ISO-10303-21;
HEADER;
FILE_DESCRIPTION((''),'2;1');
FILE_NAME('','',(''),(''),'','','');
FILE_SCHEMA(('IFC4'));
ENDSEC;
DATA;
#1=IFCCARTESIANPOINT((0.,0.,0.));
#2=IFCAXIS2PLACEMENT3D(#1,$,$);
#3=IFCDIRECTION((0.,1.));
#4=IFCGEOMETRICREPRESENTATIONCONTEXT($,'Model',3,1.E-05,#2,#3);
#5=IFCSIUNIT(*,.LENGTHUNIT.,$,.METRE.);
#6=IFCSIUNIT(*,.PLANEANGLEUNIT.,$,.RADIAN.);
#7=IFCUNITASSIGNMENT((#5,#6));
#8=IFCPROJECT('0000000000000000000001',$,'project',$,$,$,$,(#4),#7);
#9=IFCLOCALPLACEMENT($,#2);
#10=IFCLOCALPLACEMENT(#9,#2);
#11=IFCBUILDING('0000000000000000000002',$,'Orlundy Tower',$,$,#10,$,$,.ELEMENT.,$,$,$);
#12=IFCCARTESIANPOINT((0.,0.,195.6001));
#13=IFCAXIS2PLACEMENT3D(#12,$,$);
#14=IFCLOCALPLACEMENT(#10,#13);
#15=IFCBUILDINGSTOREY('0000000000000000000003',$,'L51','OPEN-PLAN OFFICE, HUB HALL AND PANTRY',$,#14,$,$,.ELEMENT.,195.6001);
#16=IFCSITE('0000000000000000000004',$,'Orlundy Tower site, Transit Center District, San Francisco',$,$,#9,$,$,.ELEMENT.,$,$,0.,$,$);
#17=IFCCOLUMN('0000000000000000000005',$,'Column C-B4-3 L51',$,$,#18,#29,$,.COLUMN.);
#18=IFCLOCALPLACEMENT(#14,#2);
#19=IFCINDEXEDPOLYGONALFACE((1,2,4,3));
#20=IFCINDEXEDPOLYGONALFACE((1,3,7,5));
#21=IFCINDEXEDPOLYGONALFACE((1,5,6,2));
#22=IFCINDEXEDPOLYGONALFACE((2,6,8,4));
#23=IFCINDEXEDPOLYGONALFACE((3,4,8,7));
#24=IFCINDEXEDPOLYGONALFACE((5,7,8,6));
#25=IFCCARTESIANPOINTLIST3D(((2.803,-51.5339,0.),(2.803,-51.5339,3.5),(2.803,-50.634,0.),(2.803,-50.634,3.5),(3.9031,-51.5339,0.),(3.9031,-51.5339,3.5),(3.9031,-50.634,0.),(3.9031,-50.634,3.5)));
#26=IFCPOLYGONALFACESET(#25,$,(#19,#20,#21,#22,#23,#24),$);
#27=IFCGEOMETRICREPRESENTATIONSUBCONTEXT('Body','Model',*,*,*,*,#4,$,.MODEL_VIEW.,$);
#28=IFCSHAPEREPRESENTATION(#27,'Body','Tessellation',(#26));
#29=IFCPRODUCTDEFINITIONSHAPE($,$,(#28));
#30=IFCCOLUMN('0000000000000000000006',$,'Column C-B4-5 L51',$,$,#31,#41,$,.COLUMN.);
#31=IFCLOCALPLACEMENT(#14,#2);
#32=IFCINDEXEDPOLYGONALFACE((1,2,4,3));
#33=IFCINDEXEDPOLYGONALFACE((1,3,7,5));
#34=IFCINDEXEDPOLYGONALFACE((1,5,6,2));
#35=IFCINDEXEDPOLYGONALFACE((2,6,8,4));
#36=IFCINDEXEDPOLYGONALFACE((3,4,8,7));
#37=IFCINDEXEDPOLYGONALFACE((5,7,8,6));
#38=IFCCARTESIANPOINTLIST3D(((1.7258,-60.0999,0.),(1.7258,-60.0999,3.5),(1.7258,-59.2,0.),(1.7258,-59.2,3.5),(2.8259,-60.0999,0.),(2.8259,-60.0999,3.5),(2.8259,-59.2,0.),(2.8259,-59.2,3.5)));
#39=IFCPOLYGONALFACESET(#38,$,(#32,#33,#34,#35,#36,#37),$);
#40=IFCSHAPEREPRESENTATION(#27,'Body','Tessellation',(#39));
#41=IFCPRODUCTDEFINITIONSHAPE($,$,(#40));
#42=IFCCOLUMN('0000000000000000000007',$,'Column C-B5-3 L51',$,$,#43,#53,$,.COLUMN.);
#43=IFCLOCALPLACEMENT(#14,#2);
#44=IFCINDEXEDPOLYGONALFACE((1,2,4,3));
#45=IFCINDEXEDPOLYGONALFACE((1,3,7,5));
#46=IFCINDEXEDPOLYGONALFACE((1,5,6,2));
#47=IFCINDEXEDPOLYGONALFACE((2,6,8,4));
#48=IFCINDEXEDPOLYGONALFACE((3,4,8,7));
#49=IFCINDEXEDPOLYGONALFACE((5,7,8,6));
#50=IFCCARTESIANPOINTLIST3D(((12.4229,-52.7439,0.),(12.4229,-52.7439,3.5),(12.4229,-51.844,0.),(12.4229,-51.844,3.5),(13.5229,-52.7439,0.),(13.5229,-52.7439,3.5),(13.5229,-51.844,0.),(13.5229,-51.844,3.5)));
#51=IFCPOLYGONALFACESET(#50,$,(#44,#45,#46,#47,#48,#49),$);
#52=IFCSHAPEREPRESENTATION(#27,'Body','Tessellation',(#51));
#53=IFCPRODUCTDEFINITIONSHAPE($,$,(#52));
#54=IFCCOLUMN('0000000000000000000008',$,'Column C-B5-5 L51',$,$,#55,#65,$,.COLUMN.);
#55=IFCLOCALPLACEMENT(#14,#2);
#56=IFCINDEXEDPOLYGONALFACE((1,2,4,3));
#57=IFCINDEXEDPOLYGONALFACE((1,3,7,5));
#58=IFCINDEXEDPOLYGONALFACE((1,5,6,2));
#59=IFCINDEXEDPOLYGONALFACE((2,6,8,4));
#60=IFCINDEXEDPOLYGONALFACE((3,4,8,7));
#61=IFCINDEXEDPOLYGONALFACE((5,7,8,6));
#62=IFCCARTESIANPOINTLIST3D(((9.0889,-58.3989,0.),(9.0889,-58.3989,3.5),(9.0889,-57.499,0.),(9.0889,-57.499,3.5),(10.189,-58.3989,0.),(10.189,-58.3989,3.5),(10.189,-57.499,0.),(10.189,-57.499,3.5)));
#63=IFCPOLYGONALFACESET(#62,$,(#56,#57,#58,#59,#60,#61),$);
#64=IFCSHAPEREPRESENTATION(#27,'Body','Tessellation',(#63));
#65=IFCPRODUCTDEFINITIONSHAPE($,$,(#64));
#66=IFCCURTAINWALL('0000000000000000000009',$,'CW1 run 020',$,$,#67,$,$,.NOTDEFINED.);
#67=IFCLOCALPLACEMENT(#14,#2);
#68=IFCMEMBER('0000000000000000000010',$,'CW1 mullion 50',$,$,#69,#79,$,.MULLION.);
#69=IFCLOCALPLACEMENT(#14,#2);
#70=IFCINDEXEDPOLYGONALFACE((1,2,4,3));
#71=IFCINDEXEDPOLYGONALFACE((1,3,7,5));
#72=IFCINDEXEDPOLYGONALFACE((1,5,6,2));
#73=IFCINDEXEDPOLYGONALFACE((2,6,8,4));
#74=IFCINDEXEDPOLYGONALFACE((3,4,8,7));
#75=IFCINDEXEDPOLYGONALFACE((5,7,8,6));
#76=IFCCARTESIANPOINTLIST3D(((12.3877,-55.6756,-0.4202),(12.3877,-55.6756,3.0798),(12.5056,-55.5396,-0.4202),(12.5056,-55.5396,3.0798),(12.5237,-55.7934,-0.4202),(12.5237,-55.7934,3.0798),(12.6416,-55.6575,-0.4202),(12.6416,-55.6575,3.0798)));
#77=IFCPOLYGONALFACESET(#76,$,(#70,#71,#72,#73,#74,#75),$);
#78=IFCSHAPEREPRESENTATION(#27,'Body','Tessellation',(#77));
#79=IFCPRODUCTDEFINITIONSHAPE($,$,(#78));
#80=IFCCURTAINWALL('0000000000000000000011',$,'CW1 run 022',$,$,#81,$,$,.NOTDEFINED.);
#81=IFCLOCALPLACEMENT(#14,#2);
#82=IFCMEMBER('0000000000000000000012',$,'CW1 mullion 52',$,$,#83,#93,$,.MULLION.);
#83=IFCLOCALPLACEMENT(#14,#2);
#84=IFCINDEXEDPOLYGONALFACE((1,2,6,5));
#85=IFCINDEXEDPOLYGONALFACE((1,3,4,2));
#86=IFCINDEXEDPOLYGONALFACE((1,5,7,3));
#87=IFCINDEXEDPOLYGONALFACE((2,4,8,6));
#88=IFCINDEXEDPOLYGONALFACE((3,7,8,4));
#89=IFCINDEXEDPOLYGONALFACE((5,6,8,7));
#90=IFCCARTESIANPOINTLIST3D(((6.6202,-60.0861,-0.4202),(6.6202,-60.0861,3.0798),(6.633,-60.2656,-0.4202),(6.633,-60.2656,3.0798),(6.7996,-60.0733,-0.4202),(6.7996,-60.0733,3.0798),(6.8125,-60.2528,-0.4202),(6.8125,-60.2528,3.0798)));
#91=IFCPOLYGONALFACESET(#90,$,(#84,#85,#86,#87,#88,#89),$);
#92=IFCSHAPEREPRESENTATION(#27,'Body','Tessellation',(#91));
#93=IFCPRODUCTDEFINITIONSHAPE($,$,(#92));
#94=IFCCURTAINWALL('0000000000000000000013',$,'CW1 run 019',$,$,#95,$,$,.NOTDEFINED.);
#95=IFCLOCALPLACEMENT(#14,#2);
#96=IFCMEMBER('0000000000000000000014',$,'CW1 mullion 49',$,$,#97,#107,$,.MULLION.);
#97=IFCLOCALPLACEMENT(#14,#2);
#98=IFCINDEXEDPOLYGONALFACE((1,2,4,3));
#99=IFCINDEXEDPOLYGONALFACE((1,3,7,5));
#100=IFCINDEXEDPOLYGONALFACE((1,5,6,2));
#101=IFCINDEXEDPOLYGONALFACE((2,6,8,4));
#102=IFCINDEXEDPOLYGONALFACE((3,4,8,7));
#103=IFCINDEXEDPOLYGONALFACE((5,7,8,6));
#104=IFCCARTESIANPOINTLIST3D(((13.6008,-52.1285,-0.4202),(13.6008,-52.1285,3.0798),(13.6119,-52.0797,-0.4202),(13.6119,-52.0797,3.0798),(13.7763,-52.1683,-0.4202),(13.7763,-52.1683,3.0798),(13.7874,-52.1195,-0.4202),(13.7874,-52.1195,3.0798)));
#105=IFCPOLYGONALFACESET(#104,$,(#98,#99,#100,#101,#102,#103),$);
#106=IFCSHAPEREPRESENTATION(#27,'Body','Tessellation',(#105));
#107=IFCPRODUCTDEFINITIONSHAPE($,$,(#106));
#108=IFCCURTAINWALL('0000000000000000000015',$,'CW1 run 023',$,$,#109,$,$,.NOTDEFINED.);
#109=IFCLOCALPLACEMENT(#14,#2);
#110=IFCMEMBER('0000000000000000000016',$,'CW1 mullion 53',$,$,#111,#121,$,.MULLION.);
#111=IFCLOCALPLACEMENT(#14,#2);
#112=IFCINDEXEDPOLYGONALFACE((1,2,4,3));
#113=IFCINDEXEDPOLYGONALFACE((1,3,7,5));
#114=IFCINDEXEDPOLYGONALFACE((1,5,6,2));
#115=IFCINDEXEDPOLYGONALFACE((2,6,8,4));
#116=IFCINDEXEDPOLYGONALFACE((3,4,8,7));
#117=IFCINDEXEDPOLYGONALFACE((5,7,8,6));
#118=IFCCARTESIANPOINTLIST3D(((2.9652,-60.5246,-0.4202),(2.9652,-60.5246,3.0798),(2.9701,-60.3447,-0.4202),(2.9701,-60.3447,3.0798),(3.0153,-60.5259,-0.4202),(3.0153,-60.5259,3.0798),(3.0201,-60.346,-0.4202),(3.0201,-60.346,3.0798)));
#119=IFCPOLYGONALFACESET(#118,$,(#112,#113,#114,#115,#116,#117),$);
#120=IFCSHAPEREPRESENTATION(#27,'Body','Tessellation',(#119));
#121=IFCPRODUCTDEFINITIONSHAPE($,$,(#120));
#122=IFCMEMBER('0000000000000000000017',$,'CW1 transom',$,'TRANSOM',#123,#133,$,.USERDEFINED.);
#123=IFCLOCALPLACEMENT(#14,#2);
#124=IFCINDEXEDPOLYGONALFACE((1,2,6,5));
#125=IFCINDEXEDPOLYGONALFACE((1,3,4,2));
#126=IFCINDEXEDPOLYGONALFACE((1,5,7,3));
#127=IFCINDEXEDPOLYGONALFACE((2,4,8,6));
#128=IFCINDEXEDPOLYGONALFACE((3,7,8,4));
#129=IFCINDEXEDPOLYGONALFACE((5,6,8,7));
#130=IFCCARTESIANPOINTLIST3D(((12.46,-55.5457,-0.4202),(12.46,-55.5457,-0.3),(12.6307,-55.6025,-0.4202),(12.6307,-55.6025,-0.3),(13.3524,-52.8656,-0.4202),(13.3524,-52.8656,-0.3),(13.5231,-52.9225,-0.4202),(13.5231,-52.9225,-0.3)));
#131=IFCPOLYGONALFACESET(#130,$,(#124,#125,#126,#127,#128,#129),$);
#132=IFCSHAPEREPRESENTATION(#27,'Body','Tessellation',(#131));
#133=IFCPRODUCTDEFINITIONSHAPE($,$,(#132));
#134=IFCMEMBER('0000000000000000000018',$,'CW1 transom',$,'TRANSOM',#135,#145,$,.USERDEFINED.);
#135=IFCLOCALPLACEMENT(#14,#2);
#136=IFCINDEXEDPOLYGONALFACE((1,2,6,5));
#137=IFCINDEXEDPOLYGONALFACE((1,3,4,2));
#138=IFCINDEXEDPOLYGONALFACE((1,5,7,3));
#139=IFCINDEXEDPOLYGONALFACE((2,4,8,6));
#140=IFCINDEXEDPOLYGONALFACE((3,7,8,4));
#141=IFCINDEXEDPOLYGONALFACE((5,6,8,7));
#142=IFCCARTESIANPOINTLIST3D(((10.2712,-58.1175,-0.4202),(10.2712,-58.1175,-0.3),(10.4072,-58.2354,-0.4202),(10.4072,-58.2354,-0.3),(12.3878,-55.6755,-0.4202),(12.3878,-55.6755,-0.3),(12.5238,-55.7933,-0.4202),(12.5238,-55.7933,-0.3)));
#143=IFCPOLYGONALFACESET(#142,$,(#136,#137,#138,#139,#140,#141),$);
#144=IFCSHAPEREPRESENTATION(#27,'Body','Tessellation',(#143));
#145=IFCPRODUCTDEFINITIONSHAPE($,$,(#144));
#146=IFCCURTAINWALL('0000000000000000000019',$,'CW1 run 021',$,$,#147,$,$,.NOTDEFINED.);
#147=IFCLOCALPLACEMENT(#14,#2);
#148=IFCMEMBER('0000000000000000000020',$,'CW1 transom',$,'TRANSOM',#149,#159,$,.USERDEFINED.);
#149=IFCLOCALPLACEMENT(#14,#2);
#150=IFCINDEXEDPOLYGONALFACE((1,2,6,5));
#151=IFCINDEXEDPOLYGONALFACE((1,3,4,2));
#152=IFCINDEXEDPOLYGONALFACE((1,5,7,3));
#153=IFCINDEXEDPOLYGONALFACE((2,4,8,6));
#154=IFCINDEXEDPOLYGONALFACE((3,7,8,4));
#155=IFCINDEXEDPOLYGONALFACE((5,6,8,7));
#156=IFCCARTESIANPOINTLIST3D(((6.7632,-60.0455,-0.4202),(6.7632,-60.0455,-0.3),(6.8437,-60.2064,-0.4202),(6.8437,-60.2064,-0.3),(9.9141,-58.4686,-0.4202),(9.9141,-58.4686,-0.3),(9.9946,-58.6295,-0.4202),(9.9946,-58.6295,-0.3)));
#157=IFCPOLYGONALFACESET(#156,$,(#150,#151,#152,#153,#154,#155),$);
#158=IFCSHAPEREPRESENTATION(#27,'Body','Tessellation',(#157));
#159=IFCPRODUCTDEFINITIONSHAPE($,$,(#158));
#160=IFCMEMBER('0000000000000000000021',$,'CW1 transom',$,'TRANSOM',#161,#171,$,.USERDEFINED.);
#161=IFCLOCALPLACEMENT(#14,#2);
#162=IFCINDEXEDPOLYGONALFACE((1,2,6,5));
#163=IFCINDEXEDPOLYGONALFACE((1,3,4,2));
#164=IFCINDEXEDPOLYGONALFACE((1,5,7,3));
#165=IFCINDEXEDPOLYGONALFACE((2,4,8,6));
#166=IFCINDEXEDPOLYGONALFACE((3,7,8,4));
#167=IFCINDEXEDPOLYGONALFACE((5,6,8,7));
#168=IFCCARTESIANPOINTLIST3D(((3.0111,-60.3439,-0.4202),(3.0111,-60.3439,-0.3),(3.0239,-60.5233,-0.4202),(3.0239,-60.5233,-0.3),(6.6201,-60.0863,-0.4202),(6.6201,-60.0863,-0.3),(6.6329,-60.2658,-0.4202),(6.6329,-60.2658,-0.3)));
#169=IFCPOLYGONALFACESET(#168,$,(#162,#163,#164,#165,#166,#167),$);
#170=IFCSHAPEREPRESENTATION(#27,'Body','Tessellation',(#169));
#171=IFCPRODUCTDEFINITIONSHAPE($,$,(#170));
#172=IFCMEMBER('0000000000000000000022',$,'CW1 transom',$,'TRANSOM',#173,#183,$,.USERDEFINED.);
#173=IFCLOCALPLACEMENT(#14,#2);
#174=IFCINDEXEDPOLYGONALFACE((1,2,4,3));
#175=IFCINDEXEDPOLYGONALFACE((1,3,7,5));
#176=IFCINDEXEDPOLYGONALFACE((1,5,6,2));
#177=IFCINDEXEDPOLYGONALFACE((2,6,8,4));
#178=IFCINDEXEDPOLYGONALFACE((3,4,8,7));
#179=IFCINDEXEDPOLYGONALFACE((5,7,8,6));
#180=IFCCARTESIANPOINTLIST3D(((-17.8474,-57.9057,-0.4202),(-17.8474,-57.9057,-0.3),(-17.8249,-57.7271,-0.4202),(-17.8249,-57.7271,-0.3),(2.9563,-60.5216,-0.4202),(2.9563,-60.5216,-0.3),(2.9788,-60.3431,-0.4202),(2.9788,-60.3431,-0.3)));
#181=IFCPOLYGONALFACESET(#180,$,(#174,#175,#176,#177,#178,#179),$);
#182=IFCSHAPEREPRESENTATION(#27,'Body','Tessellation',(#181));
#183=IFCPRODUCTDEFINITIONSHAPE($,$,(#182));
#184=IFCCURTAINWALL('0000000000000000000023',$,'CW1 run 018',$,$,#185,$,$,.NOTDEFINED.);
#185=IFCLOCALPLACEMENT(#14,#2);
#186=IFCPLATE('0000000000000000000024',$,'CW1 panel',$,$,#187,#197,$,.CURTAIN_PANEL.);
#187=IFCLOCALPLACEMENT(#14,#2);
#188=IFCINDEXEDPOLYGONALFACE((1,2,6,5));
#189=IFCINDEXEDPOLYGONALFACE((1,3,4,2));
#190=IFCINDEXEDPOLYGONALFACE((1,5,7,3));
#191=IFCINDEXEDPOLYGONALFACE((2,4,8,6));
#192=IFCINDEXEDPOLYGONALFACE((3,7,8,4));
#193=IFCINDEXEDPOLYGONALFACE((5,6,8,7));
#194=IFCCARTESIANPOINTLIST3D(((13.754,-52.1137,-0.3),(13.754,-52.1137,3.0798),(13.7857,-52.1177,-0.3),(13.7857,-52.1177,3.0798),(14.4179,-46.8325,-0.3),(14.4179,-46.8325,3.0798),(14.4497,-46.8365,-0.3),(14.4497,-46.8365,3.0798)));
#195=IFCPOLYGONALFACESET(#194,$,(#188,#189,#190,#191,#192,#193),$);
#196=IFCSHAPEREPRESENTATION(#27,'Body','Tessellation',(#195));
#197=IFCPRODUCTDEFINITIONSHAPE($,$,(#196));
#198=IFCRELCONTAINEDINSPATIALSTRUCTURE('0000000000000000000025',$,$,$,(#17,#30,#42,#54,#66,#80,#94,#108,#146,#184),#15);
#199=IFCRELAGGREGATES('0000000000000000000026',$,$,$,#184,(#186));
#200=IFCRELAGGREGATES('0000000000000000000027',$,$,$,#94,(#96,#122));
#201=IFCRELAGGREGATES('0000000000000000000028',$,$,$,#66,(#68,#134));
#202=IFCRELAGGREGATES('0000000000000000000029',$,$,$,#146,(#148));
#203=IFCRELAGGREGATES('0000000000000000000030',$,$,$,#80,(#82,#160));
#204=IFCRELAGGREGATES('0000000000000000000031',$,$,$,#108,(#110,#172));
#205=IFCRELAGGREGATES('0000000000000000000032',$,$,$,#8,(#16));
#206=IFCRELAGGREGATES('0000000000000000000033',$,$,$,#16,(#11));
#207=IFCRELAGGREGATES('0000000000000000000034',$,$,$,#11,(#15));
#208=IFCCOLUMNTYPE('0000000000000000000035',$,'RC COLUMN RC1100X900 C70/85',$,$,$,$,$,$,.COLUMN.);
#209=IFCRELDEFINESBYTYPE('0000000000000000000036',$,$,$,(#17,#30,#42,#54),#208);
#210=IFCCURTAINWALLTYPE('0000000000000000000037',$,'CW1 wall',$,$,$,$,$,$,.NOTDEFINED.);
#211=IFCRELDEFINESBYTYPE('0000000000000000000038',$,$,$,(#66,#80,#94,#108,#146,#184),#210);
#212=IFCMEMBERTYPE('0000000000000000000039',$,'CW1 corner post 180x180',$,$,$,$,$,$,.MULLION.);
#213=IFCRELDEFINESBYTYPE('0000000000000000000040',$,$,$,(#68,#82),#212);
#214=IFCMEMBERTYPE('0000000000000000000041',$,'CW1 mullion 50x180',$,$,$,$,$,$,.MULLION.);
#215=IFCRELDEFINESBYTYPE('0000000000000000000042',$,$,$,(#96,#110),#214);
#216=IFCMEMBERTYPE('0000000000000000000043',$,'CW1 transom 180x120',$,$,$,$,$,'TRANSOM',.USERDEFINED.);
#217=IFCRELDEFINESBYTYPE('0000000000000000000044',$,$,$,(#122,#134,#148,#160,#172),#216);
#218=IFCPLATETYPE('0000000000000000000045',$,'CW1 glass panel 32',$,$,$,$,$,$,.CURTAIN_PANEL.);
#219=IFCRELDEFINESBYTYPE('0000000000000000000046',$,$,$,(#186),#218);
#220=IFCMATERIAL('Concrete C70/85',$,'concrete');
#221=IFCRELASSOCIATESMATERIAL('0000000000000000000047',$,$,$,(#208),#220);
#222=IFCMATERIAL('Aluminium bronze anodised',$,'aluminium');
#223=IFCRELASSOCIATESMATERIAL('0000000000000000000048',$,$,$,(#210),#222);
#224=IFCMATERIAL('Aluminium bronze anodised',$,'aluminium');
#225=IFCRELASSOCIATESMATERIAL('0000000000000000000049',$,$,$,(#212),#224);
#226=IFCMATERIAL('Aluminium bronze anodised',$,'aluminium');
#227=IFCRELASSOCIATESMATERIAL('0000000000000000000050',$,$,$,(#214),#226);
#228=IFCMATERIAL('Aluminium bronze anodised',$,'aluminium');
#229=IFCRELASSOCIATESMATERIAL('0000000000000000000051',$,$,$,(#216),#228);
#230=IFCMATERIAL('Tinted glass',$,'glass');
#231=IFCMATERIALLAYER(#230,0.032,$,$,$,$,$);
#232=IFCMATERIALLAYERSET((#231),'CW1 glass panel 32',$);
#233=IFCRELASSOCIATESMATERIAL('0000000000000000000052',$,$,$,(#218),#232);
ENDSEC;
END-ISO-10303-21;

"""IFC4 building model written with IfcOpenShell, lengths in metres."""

from ifc_helpers import new_model, si_unit, direction, frame, origin, origin_2d, place, context, subcontext, project, spatial, rectangle, extrude, material, layer, layer_set, material_profile, profile_set, type_object, element, aggregate, save


model = new_model("IFC4")

# Units and contexts
model_context = context("Model", 3, precision=1e-05, world=origin(), true_north=direction((0.0, 1.0)))
body_context = subcontext(model_context, "Body", "Model", "MODEL_VIEW")
ifc_project = project(units=[si_unit("LENGTHUNIT", "METRE"), si_unit("PLANEANGLEUNIT", "RADIAN")], contexts=[model_context])

# Site, building, storey
site_placement = place(None, origin())
site = spatial("IfcSite", under=ifc_project, at=site_placement, Name="Orlundy Tower site, Transit Center District, San Francisco", CompositionType="ELEMENT", RefElevation=0.0)
building_placement = place(site_placement, origin())
building = spatial("IfcBuilding", under=site, at=building_placement, Name="Orlundy Tower", CompositionType="ELEMENT")
storey_placement = place(building_placement, frame((0.0, 0.0, 195.6001)))
storey = spatial("IfcBuildingStorey", under=building, at=storey_placement, Name="L51", Description="OPEN-PLAN OFFICE, HUB HALL AND PANTRY", CompositionType="ELEMENT", Elevation=195.6001)

# Columns
ifc_material_1 = material(Name="Concrete C70/85", Category="concrete")
ifc_material_profile_1 = material_profile(ifc_material_1, rectangle(XDim=1.1001, YDim=0.8999, at=origin_2d()), Name="RC1100X900")
ifc_profile_set_1 = profile_set([ifc_material_profile_1], Name="Concrete C70/85")
column_type = type_object("IfcColumnType", Name="RC COLUMN RC1100X900 C70/85", PredefinedType="COLUMN", material=ifc_profile_set_1)
for number, where, z_axis, x_axis, name in (
    (1, (3.353, -51.084, 0.0), (0.0, 0.0, 1.0), (1.0, 0.0, 0.0), "Column C-B4-3 L51"),
    (2, (2.2759, -59.6499, 0.0), (0.0, 0.0, 1.0), (1.0, 0.0, 0.0), "Column C-B4-5 L51"),
    (3, (12.9729, -52.2939, 0.0), (0.0, 0.0, 1.0), (1.0, 0.0, 0.0), "Column C-B5-3 L51"),
    (4, (9.6389, -57.949, 0.0), (0.0, 0.0, 1.0), (1.0, 0.0, 0.0), "Column C-B5-5 L51"),
):
    element("IfcColumn", number, at=place(storey_placement, frame(where, z_axis=z_axis, x_axis=x_axis)), inside=storey, type_object=column_type, Name=name, PredefinedType="COLUMN", context=body_context, shape_type="SweptSolid", body=[
        extrude(rectangle(XDim=1.1001, YDim=0.8999, at=origin_2d()), origin(), (0.0, 0.0, 1.0), 3.5),
    ])

# Curtain walls, members
ifc_material_2 = material(Name="Aluminium bronze anodised", Category="aluminium")
curtain_wall_type = type_object("IfcCurtainWallType", Name="CW1 wall", PredefinedType="NOTDEFINED", material=ifc_material_2)
curtain_wall_1_placement = place(storey_placement, origin())
curtain_wall_1 = element("IfcCurtainWall", 5, at=curtain_wall_1_placement, inside=storey, type_object=curtain_wall_type, Name="CW1 run 020", PredefinedType="NOTDEFINED")
ifc_material_3 = material(Name="Aluminium bronze anodised", Category="aluminium")
ifc_material_profile_2 = material_profile(ifc_material_3, rectangle(XDim=0.1799, YDim=0.1799, at=origin_2d()), Name="CW1 corner post 180x180")
ifc_profile_set_2 = profile_set([ifc_material_profile_2], Name="Aluminium bronze anodised")
member_type_1 = type_object("IfcMemberType", Name="CW1 corner post 180x180", PredefinedType="MULLION", material=ifc_profile_set_2)
member_1_placement = place(storey_placement, frame((12.5146, -55.6665, -0.4202), z_axis=(0.0, 0.0, 1.0), x_axis=(0.755627, -0.655002, 0.0)))
member_1 = element("IfcMember", 6, at=member_1_placement, type_object=member_type_1, Name="CW1 mullion 50", PredefinedType="MULLION", context=body_context, shape_type="SweptSolid", body=[
    extrude(rectangle(XDim=0.1799, YDim=0.1799, at=origin_2d()), origin(), (0.0, 0.0, 1.0), 3.5),
])
curtain_wall_2_placement = place(storey_placement, origin())
curtain_wall_2 = element("IfcCurtainWall", 7, at=curtain_wall_2_placement, inside=storey, type_object=curtain_wall_type, Name="CW1 run 022", PredefinedType="NOTDEFINED")
member_2_placement = place(storey_placement, frame((6.7163, -60.1694, -0.4202), z_axis=(0.0, 0.0, 1.0), x_axis=(0.071228, -0.99746, 0.0)))
member_2 = element("IfcMember", 8, at=member_2_placement, type_object=member_type_1, Name="CW1 mullion 52", PredefinedType="MULLION", context=body_context, shape_type="SweptSolid", body=[
    extrude(rectangle(XDim=0.1799, YDim=0.1799, at=origin_2d()), origin(), (0.0, 0.0, 1.0), 3.5),
])
curtain_wall_3_placement = place(storey_placement, origin())
curtain_wall_3 = element("IfcCurtainWall", 9, at=curtain_wall_3_placement, inside=storey, type_object=curtain_wall_type, Name="CW1 run 019", PredefinedType="NOTDEFINED")
ifc_material_4 = material(Name="Aluminium bronze anodised", Category="aluminium")
ifc_material_profile_3 = material_profile(ifc_material_4, rectangle(XDim=0.1799, YDim=0.05, at=origin_2d()), Name="CW1 mullion 50x180")
ifc_profile_set_3 = profile_set([ifc_material_profile_3], Name="Aluminium bronze anodised")
member_type_2 = type_object("IfcMemberType", Name="CW1 mullion 50x180", PredefinedType="MULLION", material=ifc_profile_set_3)
member_3_placement = place(storey_placement, frame((13.6941, -52.124, -0.4202), z_axis=(0.0, 0.0, 1.0), x_axis=(0.975186, -0.221389, 0.0)))
member_3 = element("IfcMember", 10, at=member_3_placement, type_object=member_type_2, Name="CW1 mullion 49", PredefinedType="MULLION", context=body_context, shape_type="SweptSolid", body=[
    extrude(rectangle(XDim=0.1799, YDim=0.05, at=origin_2d()), origin(), (0.0, 0.0, 1.0), 3.5),
])
curtain_wall_4_placement = place(storey_placement, origin())
curtain_wall_4 = element("IfcCurtainWall", 11, at=curtain_wall_4_placement, inside=storey, type_object=curtain_wall_type, Name="CW1 run 023", PredefinedType="NOTDEFINED")
member_4_placement = place(storey_placement, frame((2.9927, -60.4353, -0.4202), z_axis=(0.0, 0.0, 1.0), x_axis=(-0.026896, -0.999638, 0.0)))
member_4 = element("IfcMember", 12, at=member_4_placement, type_object=member_type_2, Name="CW1 mullion 53", PredefinedType="MULLION", context=body_context, shape_type="SweptSolid", body=[
    extrude(rectangle(XDim=0.1799, YDim=0.05, at=origin_2d()), origin(), (0.0, 0.0, 1.0), 3.5),
])

# Members
ifc_material_5 = material(Name="Aluminium bronze anodised", Category="aluminium")
ifc_material_profile_4 = material_profile(ifc_material_5, rectangle(XDim=0.1799, YDim=0.1201, at=origin_2d()), Name="CW1 transom 180x120")
ifc_profile_set_4 = profile_set([ifc_material_profile_4], Name="Aluminium bronze anodised")
member_type_3 = type_object("IfcMemberType", Name="CW1 transom 180x120", ElementType="TRANSOM", PredefinedType="USERDEFINED", material=ifc_profile_set_4)
member_5_placement = place(storey_placement, frame((13.4377, -52.894, -0.3601), z_axis=(-0.315917, -0.948787, 0.0), x_axis=(0.948787, -0.315917, 0.0)))
member_5 = element("IfcMember", 13, at=member_5_placement, type_object=member_type_3, Name="CW1 transom", ObjectType="TRANSOM", PredefinedType="USERDEFINED", context=body_context, shape_type="SweptSolid", body=[
    extrude(rectangle(XDim=0.1799, YDim=0.1201, at=origin_2d()), origin(), (0.0, 0.0, 1.0), 2.8247),
])
member_6_placement = place(storey_placement, frame((12.4558, -55.7344, -0.3601), z_axis=(-0.654962, -0.755662, 0.0), x_axis=(0.755662, -0.654962, 0.0)))
member_6 = element("IfcMember", 14, at=member_6_placement, type_object=member_type_3, Name="CW1 transom", ObjectType="TRANSOM", PredefinedType="USERDEFINED", context=body_context, shape_type="SweptSolid", body=[
    extrude(rectangle(XDim=0.1799, YDim=0.1201, at=origin_2d()), origin(), (0.0, 0.0, 1.0), 3.2317),
])

# Curtain wall, member
curtain_wall_5_placement = place(storey_placement, origin())
curtain_wall_5 = element("IfcCurtainWall", 15, at=curtain_wall_5_placement, inside=storey, type_object=curtain_wall_type, Name="CW1 run 021", PredefinedType="NOTDEFINED")
member_7_placement = place(storey_placement, frame((9.9543, -58.5491, -0.3601), z_axis=(-0.894261, -0.447546, 0.0), x_axis=(0.447546, -0.894261, 0.0)))
member_7 = element("IfcMember", 16, at=member_7_placement, type_object=member_type_3, Name="CW1 transom", ObjectType="TRANSOM", PredefinedType="USERDEFINED", context=body_context, shape_type="SweptSolid", body=[
    extrude(rectangle(XDim=0.1799, YDim=0.1201, at=origin_2d()), origin(), (0.0, 0.0, 1.0), 3.5234),
])

# Members
member_8_placement = place(storey_placement, frame((6.6265, -60.176, -0.3601), z_axis=(-0.997463, -0.07119, 0.0), x_axis=(0.07119, -0.997463, 0.0)))
member_8 = element("IfcMember", 17, at=member_8_placement, type_object=member_type_3, Name="CW1 transom", ObjectType="TRANSOM", PredefinedType="USERDEFINED", context=body_context, shape_type="SweptSolid", body=[
    extrude(rectangle(XDim=0.1799, YDim=0.1201, at=origin_2d()), origin(), (0.0, 0.0, 1.0), 3.6182),
])
member_9_placement = place(storey_placement, frame((2.9675, -60.4324, -0.3601), z_axis=(-0.992187, 0.124763, 0.0), x_axis=(-0.124763, -0.992187, 0.0)))
member_9 = element("IfcMember", 18, at=member_9_placement, type_object=member_type_3, Name="CW1 transom", ObjectType="TRANSOM", PredefinedType="USERDEFINED", context=body_context, shape_type="SweptSolid", body=[
    extrude(rectangle(XDim=0.1799, YDim=0.1201, at=origin_2d()), origin(), (0.0, 0.0, 1.0), 20.9675),
])

# Curtain wall, plate
curtain_wall_6_placement = place(storey_placement, origin())
curtain_wall_6 = element("IfcCurtainWall", 19, at=curtain_wall_6_placement, inside=storey, type_object=curtain_wall_type, Name="CW1 run 018", PredefinedType="NOTDEFINED")
ifc_material_6 = material(Name="Tinted glass", Category="glass")
ifc_layer_1 = layer(ifc_material_6, 0.032)
ifc_layer_set_1 = layer_set([ifc_layer_1], Name="CW1 glass panel 32")
plate_type = type_object("IfcPlateType", Name="CW1 glass panel 32", PredefinedType="CURTAIN_PANEL", material=ifc_layer_set_1)
plate_1_placement = place(storey_placement, frame((14.1018, -49.4751, -0.3), z_axis=(0.0, 0.0, 1.0), x_axis=(-0.124742, -0.992189, 0.0)))
plate_1 = element("IfcPlate", 20, at=plate_1_placement, type_object=plate_type, Name="CW1 panel", PredefinedType="CURTAIN_PANEL", context=body_context, shape_type="SweptSolid", body=[
    extrude(rectangle(XDim=5.3228, YDim=0.032, at=origin_2d()), origin(), (0.0, 0.0, 1.0), 3.3799),
])
aggregate(curtain_wall_6, [plate_1])

aggregate(curtain_wall_3, [member_3, member_5])
aggregate(curtain_wall_1, [member_1, member_6])
aggregate(curtain_wall_5, [member_7])
aggregate(curtain_wall_2, [member_2, member_8])
aggregate(curtain_wall_4, [member_4, member_9])

save(model, "model.ifc")
